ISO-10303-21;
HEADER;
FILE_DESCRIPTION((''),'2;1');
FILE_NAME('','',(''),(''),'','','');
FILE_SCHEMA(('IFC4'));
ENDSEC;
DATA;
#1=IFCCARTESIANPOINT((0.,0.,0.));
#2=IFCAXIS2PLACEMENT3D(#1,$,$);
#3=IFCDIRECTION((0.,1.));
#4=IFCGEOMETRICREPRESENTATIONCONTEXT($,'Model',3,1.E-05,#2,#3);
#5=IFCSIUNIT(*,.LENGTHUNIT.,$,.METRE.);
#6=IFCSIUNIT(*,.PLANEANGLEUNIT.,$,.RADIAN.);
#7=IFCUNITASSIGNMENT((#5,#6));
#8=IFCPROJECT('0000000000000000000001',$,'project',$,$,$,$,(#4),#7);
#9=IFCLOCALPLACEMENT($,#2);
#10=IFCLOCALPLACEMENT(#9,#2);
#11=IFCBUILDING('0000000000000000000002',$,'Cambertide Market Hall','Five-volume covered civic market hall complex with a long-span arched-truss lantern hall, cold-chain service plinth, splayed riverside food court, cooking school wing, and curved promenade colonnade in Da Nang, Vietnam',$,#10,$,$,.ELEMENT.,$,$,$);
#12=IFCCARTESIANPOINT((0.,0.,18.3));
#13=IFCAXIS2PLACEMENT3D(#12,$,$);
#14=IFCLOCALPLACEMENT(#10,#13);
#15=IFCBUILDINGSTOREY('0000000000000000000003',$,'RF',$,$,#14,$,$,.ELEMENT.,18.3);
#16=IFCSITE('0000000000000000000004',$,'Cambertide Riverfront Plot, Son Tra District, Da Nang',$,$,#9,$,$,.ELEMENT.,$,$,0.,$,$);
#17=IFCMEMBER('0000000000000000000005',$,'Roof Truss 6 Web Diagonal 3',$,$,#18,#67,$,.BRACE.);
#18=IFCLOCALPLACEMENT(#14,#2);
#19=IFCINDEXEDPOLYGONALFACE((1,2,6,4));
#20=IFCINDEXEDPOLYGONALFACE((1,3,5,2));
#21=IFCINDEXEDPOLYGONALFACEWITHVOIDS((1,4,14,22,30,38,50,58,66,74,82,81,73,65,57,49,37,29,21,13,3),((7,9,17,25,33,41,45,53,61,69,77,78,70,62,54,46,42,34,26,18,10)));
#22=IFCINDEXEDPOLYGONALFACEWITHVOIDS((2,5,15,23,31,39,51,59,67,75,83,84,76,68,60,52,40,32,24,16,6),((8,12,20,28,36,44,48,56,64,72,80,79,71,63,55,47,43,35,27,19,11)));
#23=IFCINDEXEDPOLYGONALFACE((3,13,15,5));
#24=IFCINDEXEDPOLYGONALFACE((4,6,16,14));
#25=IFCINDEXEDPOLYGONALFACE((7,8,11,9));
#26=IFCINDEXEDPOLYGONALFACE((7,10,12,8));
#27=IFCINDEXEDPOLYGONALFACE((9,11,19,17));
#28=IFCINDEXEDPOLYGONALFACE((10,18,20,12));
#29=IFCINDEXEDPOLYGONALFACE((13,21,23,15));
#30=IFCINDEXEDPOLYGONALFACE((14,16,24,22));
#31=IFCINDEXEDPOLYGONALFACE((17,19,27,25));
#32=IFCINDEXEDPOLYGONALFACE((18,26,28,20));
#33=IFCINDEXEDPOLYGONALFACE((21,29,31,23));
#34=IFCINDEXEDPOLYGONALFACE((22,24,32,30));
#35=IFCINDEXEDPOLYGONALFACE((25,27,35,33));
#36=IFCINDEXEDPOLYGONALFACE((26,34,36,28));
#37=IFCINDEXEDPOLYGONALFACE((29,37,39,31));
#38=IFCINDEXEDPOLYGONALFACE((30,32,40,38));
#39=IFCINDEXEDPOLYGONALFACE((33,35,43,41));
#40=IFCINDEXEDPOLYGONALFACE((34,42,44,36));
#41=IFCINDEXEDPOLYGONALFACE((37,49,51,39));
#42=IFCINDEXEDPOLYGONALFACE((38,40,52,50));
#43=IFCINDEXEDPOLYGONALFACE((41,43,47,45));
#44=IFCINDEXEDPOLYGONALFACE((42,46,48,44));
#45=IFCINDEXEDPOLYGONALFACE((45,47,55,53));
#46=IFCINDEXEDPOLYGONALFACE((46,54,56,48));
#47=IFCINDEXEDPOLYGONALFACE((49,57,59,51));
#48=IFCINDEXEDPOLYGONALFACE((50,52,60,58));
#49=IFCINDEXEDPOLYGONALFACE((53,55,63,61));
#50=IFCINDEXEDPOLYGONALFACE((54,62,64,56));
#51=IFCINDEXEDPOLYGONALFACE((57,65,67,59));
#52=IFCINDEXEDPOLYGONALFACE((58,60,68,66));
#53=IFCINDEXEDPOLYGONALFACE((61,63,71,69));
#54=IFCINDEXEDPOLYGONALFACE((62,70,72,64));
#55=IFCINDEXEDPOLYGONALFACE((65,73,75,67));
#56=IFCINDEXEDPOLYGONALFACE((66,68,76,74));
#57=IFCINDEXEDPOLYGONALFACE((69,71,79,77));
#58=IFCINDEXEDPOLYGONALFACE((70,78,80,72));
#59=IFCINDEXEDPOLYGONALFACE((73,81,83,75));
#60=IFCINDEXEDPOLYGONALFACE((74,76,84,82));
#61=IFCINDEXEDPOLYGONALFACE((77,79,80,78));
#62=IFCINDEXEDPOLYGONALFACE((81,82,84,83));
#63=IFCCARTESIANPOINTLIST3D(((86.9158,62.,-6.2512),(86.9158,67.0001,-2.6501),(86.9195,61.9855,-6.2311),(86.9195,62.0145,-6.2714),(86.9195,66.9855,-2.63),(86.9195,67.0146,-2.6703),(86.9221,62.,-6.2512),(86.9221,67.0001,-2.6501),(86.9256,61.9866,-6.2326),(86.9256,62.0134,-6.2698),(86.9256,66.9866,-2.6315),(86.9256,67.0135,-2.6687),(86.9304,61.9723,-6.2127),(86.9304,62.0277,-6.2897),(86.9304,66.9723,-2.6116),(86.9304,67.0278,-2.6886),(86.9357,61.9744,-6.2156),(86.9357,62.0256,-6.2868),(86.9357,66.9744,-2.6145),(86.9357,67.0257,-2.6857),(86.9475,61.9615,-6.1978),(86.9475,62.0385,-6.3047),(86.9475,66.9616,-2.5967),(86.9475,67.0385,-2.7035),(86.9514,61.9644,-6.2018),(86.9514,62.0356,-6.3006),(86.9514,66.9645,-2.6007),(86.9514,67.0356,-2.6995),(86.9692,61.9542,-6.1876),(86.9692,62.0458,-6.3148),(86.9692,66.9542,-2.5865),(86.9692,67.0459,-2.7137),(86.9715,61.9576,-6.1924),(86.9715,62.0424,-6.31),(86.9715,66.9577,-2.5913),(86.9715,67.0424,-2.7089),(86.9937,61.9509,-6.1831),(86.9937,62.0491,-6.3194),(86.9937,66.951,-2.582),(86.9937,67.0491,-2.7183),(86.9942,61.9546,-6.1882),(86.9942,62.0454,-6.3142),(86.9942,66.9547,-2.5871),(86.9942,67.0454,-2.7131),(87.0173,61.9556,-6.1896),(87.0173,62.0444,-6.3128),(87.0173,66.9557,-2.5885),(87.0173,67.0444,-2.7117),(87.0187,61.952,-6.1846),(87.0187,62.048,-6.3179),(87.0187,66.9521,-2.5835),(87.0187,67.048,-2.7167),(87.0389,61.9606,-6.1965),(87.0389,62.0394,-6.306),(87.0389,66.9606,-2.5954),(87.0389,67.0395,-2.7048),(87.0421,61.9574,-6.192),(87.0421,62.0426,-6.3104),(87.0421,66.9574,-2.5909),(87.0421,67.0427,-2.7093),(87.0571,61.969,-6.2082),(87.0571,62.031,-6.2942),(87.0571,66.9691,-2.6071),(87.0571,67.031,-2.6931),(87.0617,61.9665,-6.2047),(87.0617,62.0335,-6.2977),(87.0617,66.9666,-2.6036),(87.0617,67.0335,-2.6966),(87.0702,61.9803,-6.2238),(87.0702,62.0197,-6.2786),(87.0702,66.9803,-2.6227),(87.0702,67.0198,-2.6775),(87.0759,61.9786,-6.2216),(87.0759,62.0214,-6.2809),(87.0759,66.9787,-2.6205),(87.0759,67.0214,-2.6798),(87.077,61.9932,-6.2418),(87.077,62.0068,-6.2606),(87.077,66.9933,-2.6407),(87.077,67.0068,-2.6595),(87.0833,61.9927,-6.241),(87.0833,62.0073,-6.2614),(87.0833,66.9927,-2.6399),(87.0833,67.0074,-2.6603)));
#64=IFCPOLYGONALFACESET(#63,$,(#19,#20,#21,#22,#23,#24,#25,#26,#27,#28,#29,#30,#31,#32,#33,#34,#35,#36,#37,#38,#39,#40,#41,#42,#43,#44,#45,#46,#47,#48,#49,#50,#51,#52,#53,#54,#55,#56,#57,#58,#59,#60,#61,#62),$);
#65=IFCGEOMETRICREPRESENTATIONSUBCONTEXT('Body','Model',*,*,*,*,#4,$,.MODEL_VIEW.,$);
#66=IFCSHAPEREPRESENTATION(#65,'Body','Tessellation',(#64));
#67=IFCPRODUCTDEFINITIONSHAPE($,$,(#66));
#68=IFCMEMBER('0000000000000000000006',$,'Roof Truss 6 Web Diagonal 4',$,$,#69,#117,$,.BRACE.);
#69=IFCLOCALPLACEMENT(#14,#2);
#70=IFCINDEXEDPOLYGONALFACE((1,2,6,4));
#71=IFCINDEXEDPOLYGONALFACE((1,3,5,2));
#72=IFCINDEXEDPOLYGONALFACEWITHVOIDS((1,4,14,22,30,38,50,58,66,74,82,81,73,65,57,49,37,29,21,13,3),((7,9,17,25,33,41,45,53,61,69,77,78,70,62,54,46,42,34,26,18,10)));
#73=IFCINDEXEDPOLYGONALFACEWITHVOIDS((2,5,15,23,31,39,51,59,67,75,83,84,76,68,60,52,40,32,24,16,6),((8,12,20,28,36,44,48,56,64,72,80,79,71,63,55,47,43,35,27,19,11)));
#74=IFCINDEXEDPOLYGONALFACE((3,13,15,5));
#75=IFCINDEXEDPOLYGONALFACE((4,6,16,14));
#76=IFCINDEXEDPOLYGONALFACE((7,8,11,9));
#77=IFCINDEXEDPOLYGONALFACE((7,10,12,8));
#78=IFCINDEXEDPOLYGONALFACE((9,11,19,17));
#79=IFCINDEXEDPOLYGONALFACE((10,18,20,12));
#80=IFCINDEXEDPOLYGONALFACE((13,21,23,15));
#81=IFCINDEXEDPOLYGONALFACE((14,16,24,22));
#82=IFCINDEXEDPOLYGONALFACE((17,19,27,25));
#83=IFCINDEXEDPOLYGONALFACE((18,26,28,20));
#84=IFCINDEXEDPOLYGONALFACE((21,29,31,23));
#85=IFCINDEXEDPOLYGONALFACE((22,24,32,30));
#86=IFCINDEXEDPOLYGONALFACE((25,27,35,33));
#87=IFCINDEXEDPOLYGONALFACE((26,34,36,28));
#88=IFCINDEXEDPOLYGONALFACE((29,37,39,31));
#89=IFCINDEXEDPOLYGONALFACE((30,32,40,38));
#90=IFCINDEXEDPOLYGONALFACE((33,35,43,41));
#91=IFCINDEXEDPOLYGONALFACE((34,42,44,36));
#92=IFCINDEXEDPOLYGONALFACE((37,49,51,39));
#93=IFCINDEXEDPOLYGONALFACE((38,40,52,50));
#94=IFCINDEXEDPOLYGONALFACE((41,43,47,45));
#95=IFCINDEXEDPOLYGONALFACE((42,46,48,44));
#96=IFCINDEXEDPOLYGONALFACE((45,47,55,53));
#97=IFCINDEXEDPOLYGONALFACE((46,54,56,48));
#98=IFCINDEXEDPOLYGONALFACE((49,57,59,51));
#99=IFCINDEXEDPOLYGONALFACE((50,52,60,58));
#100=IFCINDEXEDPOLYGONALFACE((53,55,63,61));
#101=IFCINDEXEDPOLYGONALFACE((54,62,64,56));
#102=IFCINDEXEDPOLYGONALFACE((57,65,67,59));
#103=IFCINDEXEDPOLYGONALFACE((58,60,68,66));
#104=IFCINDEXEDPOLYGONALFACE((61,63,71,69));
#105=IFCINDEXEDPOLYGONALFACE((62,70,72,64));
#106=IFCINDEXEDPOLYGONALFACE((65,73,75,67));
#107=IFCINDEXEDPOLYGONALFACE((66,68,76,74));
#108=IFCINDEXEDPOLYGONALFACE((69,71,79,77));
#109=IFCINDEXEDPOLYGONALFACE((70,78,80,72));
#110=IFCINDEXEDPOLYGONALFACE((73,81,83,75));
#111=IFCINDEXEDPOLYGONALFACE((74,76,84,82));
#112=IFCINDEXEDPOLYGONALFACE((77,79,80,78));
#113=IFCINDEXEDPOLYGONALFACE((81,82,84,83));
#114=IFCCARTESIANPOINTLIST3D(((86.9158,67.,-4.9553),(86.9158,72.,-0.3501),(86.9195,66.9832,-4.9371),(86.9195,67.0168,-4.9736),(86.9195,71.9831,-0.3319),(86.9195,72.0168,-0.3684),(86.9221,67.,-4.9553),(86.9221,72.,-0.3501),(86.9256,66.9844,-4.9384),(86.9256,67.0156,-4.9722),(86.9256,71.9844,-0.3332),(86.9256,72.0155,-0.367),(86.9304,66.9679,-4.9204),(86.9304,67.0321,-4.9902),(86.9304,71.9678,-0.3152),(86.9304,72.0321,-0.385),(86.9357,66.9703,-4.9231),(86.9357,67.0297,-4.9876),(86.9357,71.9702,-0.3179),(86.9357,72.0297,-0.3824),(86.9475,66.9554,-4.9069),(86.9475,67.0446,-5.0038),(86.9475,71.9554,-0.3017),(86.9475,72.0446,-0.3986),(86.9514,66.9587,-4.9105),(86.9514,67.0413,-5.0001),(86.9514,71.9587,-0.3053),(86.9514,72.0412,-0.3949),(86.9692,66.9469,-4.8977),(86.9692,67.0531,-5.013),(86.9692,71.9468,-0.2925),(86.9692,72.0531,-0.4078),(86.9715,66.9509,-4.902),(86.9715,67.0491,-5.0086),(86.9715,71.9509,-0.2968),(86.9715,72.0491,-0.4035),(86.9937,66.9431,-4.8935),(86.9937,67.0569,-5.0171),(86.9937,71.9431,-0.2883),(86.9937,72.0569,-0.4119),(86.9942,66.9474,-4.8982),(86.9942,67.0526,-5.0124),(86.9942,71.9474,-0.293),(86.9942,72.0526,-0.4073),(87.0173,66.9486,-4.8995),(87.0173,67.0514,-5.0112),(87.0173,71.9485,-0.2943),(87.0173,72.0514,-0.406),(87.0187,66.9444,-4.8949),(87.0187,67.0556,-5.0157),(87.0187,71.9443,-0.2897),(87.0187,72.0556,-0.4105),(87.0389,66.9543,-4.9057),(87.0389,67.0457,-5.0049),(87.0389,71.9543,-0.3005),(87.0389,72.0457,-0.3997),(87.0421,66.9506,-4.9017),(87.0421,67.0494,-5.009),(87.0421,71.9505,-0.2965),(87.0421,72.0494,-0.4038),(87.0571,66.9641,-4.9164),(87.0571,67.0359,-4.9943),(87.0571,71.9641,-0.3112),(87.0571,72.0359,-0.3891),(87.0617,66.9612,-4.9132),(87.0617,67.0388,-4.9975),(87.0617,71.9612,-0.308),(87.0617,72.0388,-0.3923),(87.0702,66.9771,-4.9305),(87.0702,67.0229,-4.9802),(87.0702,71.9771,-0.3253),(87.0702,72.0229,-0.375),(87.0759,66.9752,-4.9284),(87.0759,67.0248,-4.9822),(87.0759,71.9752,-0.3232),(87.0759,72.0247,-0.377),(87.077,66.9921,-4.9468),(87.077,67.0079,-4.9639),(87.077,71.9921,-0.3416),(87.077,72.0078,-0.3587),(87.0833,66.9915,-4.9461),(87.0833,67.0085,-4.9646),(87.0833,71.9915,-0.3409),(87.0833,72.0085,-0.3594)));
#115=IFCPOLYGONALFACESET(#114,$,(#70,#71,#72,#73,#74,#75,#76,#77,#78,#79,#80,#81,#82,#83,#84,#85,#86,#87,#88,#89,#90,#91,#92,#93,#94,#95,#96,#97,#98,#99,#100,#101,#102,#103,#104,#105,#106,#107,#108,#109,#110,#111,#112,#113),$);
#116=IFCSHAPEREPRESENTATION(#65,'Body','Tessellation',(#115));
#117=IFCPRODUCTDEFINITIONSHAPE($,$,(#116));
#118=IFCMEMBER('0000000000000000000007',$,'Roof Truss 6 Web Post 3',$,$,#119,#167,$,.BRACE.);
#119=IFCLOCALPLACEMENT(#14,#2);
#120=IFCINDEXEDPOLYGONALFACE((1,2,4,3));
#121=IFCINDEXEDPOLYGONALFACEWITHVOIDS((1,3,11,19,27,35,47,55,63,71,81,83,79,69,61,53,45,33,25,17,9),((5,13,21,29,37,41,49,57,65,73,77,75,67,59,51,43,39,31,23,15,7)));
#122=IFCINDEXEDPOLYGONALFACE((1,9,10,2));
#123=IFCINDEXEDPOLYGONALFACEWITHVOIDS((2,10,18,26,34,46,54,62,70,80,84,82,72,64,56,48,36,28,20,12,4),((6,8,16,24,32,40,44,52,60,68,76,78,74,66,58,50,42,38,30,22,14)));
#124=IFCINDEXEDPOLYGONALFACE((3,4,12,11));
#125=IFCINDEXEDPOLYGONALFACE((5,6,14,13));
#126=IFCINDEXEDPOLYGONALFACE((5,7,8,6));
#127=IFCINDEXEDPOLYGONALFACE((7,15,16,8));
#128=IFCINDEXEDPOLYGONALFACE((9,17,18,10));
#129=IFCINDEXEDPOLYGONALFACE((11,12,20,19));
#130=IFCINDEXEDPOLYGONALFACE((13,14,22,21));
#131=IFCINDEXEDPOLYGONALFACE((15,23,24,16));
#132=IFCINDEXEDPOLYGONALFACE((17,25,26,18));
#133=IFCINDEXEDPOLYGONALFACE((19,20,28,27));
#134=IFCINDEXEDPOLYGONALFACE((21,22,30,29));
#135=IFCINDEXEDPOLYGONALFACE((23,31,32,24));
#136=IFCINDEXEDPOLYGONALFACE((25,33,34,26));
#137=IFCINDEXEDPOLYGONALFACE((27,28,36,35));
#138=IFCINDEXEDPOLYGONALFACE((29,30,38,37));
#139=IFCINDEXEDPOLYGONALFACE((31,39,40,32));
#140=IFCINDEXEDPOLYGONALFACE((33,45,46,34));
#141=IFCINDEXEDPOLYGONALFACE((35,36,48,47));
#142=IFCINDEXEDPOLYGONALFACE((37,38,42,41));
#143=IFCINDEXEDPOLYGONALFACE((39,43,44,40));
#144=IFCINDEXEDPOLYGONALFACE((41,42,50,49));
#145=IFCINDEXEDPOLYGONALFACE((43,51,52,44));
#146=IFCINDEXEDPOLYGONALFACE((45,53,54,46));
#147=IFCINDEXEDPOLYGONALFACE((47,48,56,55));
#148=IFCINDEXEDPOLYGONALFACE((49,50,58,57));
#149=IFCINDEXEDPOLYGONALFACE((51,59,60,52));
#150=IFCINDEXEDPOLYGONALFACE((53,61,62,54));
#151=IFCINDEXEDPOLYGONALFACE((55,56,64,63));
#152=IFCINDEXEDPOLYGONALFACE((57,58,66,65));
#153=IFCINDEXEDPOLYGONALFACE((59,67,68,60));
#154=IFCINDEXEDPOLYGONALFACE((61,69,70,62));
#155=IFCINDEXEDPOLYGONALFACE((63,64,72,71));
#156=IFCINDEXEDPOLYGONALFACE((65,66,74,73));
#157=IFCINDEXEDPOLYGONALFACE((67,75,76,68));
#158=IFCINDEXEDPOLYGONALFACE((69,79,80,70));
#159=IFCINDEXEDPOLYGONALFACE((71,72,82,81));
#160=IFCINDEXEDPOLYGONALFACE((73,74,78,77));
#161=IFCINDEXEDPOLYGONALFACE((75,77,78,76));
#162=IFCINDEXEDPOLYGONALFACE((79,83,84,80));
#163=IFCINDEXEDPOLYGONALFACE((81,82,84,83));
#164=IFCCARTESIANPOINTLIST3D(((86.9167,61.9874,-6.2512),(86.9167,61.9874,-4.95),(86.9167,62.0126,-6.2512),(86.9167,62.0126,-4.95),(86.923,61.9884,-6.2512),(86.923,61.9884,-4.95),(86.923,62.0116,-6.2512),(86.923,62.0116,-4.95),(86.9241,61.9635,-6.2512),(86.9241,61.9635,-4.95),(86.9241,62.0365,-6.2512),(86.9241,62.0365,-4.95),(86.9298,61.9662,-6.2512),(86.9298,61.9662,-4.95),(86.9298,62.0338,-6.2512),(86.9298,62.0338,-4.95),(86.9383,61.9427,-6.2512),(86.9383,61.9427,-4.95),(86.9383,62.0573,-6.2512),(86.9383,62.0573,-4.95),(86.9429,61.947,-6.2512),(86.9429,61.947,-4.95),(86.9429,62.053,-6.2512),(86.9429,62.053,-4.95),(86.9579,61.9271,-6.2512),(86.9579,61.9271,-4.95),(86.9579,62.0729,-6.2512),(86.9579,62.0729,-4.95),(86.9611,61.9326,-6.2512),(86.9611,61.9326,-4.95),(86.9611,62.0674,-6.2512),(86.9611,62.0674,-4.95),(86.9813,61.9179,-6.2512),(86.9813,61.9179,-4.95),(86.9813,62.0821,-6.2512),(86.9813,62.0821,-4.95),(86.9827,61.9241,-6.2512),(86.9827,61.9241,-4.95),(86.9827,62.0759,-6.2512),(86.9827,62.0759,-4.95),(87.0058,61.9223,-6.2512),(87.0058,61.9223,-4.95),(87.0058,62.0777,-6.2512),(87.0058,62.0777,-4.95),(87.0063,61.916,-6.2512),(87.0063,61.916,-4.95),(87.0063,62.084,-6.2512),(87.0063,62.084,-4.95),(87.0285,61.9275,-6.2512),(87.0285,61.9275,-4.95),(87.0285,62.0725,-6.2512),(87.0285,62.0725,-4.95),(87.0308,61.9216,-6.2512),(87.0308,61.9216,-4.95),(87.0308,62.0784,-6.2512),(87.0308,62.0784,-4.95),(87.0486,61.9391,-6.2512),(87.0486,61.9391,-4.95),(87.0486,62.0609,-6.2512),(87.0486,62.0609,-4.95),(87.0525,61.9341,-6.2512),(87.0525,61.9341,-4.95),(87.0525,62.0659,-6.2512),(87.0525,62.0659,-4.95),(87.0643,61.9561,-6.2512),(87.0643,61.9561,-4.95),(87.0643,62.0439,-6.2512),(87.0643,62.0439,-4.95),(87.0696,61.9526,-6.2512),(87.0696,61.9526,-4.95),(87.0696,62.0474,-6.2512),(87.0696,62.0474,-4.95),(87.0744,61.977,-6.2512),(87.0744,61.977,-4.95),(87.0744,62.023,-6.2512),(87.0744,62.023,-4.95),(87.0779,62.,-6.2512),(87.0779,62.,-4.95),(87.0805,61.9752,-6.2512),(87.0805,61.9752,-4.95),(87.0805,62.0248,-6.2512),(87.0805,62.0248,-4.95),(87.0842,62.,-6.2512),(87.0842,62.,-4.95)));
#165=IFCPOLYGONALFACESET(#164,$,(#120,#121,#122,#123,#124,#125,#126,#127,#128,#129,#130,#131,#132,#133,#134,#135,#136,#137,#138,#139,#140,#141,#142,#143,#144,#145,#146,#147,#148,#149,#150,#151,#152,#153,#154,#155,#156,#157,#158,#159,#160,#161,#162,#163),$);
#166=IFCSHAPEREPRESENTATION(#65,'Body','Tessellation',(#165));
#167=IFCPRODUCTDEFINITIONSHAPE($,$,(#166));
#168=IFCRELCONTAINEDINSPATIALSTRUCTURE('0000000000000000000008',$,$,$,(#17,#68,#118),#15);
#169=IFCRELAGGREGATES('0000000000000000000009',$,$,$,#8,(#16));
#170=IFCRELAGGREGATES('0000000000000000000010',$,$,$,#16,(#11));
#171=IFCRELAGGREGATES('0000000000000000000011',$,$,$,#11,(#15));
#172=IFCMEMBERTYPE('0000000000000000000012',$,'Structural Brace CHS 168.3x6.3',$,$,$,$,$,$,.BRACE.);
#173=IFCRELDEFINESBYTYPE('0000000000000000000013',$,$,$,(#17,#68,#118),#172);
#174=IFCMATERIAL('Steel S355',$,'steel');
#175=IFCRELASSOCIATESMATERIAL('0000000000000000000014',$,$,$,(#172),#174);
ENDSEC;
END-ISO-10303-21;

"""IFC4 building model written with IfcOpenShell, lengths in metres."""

from ifc_helpers import new_model, si_unit, direction, frame, origin, origin_2d, place, context, subcontext, project, spatial, hollow_circle, extrude, material, material_profile, profile_set, type_object, element, save


model = new_model("IFC4")

# Units and contexts
model_context = context("Model", 3, precision=1e-05, world=origin(), true_north=direction((0.0, 1.0)))
body_context = subcontext(model_context, "Body", "Model", "MODEL_VIEW")
ifc_project = project(units=[si_unit("LENGTHUNIT", "METRE"), si_unit("PLANEANGLEUNIT", "RADIAN")], contexts=[model_context])

# Site, building, storey
site_placement = place(None, origin())
site = spatial("IfcSite", under=ifc_project, at=site_placement, Name="Cambertide Riverfront Plot, Son Tra District, Da Nang", CompositionType="ELEMENT", RefElevation=0.0)
building_placement = place(site_placement, origin())
building = spatial("IfcBuilding", under=site, at=building_placement, Name="Cambertide Market Hall", Description="Five-volume covered civic market hall complex with a long-span arched-truss lantern hall, cold-chain service plinth, splayed riverside food court, cooking school wing, and curved promenade colonnade in Da Nang, Vietnam", CompositionType="ELEMENT")
storey_placement = place(building_placement, frame((0.0, 0.0, 18.3)))
storey = spatial("IfcBuildingStorey", under=building, at=storey_placement, Name="RF", CompositionType="ELEMENT", Elevation=18.3)

# Members
ifc_material_1 = material(Name="Steel S355", Category="steel")
ifc_material_profile_1 = material_profile(ifc_material_1, hollow_circle(Radius=0.0842, WallThickness=0.0063, at=origin_2d()), Name="CHS 168.3x6.3")
ifc_profile_set_1 = profile_set([ifc_material_profile_1], Name="Steel S355")
member_type_1 = type_object("IfcMemberType", Name="Structural Brace CHS 168.3x6.3", PredefinedType="BRACE", material=ifc_profile_set_1)
member_1_placement = place(storey_placement, frame((87.0, 62.0, -6.2512), z_axis=(0.0, 0.811452, 0.58442), x_axis=(-1.0, 0.0, 0.0)))
element("IfcMember", 1, at=member_1_placement, inside=storey, type_object=member_type_1, Name="Roof Truss 6 Web Diagonal 3", PredefinedType="BRACE", context=body_context, shape_type="SweptSolid", body=[
    extrude(hollow_circle(Radius=0.0842, WallThickness=0.0063, at=origin_2d()), origin(), (0.0, 0.0, 1.0), 6.1619),
])
member_2_placement = place(storey_placement, frame((87.0, 67.0, -4.9553), z_axis=(0.0, 0.735548, 0.677473), x_axis=(-1.0, 0.0, 0.0)))
element("IfcMember", 2, at=member_2_placement, inside=storey, type_object=member_type_1, Name="Roof Truss 6 Web Diagonal 4", PredefinedType="BRACE", context=body_context, shape_type="SweptSolid", body=[
    extrude(hollow_circle(Radius=0.0842, WallThickness=0.0063, at=origin_2d()), origin(), (0.0, 0.0, 1.0), 6.7976),
])
member_3_placement = place(storey_placement, frame((87.0, 62.0, -6.2512), z_axis=(0.0, 0.0, 1.0), x_axis=(1.0, 0.0, 0.0)))
element("IfcMember", 3, at=member_3_placement, inside=storey, type_object=member_type_1, Name="Roof Truss 6 Web Post 3", PredefinedType="BRACE", context=body_context, shape_type="SweptSolid", body=[
    extrude(hollow_circle(Radius=0.0842, WallThickness=0.0063, at=origin_2d()), origin(), (0.0, 0.0, 1.0), 1.3013),
])

save(model, "model.ifc")
